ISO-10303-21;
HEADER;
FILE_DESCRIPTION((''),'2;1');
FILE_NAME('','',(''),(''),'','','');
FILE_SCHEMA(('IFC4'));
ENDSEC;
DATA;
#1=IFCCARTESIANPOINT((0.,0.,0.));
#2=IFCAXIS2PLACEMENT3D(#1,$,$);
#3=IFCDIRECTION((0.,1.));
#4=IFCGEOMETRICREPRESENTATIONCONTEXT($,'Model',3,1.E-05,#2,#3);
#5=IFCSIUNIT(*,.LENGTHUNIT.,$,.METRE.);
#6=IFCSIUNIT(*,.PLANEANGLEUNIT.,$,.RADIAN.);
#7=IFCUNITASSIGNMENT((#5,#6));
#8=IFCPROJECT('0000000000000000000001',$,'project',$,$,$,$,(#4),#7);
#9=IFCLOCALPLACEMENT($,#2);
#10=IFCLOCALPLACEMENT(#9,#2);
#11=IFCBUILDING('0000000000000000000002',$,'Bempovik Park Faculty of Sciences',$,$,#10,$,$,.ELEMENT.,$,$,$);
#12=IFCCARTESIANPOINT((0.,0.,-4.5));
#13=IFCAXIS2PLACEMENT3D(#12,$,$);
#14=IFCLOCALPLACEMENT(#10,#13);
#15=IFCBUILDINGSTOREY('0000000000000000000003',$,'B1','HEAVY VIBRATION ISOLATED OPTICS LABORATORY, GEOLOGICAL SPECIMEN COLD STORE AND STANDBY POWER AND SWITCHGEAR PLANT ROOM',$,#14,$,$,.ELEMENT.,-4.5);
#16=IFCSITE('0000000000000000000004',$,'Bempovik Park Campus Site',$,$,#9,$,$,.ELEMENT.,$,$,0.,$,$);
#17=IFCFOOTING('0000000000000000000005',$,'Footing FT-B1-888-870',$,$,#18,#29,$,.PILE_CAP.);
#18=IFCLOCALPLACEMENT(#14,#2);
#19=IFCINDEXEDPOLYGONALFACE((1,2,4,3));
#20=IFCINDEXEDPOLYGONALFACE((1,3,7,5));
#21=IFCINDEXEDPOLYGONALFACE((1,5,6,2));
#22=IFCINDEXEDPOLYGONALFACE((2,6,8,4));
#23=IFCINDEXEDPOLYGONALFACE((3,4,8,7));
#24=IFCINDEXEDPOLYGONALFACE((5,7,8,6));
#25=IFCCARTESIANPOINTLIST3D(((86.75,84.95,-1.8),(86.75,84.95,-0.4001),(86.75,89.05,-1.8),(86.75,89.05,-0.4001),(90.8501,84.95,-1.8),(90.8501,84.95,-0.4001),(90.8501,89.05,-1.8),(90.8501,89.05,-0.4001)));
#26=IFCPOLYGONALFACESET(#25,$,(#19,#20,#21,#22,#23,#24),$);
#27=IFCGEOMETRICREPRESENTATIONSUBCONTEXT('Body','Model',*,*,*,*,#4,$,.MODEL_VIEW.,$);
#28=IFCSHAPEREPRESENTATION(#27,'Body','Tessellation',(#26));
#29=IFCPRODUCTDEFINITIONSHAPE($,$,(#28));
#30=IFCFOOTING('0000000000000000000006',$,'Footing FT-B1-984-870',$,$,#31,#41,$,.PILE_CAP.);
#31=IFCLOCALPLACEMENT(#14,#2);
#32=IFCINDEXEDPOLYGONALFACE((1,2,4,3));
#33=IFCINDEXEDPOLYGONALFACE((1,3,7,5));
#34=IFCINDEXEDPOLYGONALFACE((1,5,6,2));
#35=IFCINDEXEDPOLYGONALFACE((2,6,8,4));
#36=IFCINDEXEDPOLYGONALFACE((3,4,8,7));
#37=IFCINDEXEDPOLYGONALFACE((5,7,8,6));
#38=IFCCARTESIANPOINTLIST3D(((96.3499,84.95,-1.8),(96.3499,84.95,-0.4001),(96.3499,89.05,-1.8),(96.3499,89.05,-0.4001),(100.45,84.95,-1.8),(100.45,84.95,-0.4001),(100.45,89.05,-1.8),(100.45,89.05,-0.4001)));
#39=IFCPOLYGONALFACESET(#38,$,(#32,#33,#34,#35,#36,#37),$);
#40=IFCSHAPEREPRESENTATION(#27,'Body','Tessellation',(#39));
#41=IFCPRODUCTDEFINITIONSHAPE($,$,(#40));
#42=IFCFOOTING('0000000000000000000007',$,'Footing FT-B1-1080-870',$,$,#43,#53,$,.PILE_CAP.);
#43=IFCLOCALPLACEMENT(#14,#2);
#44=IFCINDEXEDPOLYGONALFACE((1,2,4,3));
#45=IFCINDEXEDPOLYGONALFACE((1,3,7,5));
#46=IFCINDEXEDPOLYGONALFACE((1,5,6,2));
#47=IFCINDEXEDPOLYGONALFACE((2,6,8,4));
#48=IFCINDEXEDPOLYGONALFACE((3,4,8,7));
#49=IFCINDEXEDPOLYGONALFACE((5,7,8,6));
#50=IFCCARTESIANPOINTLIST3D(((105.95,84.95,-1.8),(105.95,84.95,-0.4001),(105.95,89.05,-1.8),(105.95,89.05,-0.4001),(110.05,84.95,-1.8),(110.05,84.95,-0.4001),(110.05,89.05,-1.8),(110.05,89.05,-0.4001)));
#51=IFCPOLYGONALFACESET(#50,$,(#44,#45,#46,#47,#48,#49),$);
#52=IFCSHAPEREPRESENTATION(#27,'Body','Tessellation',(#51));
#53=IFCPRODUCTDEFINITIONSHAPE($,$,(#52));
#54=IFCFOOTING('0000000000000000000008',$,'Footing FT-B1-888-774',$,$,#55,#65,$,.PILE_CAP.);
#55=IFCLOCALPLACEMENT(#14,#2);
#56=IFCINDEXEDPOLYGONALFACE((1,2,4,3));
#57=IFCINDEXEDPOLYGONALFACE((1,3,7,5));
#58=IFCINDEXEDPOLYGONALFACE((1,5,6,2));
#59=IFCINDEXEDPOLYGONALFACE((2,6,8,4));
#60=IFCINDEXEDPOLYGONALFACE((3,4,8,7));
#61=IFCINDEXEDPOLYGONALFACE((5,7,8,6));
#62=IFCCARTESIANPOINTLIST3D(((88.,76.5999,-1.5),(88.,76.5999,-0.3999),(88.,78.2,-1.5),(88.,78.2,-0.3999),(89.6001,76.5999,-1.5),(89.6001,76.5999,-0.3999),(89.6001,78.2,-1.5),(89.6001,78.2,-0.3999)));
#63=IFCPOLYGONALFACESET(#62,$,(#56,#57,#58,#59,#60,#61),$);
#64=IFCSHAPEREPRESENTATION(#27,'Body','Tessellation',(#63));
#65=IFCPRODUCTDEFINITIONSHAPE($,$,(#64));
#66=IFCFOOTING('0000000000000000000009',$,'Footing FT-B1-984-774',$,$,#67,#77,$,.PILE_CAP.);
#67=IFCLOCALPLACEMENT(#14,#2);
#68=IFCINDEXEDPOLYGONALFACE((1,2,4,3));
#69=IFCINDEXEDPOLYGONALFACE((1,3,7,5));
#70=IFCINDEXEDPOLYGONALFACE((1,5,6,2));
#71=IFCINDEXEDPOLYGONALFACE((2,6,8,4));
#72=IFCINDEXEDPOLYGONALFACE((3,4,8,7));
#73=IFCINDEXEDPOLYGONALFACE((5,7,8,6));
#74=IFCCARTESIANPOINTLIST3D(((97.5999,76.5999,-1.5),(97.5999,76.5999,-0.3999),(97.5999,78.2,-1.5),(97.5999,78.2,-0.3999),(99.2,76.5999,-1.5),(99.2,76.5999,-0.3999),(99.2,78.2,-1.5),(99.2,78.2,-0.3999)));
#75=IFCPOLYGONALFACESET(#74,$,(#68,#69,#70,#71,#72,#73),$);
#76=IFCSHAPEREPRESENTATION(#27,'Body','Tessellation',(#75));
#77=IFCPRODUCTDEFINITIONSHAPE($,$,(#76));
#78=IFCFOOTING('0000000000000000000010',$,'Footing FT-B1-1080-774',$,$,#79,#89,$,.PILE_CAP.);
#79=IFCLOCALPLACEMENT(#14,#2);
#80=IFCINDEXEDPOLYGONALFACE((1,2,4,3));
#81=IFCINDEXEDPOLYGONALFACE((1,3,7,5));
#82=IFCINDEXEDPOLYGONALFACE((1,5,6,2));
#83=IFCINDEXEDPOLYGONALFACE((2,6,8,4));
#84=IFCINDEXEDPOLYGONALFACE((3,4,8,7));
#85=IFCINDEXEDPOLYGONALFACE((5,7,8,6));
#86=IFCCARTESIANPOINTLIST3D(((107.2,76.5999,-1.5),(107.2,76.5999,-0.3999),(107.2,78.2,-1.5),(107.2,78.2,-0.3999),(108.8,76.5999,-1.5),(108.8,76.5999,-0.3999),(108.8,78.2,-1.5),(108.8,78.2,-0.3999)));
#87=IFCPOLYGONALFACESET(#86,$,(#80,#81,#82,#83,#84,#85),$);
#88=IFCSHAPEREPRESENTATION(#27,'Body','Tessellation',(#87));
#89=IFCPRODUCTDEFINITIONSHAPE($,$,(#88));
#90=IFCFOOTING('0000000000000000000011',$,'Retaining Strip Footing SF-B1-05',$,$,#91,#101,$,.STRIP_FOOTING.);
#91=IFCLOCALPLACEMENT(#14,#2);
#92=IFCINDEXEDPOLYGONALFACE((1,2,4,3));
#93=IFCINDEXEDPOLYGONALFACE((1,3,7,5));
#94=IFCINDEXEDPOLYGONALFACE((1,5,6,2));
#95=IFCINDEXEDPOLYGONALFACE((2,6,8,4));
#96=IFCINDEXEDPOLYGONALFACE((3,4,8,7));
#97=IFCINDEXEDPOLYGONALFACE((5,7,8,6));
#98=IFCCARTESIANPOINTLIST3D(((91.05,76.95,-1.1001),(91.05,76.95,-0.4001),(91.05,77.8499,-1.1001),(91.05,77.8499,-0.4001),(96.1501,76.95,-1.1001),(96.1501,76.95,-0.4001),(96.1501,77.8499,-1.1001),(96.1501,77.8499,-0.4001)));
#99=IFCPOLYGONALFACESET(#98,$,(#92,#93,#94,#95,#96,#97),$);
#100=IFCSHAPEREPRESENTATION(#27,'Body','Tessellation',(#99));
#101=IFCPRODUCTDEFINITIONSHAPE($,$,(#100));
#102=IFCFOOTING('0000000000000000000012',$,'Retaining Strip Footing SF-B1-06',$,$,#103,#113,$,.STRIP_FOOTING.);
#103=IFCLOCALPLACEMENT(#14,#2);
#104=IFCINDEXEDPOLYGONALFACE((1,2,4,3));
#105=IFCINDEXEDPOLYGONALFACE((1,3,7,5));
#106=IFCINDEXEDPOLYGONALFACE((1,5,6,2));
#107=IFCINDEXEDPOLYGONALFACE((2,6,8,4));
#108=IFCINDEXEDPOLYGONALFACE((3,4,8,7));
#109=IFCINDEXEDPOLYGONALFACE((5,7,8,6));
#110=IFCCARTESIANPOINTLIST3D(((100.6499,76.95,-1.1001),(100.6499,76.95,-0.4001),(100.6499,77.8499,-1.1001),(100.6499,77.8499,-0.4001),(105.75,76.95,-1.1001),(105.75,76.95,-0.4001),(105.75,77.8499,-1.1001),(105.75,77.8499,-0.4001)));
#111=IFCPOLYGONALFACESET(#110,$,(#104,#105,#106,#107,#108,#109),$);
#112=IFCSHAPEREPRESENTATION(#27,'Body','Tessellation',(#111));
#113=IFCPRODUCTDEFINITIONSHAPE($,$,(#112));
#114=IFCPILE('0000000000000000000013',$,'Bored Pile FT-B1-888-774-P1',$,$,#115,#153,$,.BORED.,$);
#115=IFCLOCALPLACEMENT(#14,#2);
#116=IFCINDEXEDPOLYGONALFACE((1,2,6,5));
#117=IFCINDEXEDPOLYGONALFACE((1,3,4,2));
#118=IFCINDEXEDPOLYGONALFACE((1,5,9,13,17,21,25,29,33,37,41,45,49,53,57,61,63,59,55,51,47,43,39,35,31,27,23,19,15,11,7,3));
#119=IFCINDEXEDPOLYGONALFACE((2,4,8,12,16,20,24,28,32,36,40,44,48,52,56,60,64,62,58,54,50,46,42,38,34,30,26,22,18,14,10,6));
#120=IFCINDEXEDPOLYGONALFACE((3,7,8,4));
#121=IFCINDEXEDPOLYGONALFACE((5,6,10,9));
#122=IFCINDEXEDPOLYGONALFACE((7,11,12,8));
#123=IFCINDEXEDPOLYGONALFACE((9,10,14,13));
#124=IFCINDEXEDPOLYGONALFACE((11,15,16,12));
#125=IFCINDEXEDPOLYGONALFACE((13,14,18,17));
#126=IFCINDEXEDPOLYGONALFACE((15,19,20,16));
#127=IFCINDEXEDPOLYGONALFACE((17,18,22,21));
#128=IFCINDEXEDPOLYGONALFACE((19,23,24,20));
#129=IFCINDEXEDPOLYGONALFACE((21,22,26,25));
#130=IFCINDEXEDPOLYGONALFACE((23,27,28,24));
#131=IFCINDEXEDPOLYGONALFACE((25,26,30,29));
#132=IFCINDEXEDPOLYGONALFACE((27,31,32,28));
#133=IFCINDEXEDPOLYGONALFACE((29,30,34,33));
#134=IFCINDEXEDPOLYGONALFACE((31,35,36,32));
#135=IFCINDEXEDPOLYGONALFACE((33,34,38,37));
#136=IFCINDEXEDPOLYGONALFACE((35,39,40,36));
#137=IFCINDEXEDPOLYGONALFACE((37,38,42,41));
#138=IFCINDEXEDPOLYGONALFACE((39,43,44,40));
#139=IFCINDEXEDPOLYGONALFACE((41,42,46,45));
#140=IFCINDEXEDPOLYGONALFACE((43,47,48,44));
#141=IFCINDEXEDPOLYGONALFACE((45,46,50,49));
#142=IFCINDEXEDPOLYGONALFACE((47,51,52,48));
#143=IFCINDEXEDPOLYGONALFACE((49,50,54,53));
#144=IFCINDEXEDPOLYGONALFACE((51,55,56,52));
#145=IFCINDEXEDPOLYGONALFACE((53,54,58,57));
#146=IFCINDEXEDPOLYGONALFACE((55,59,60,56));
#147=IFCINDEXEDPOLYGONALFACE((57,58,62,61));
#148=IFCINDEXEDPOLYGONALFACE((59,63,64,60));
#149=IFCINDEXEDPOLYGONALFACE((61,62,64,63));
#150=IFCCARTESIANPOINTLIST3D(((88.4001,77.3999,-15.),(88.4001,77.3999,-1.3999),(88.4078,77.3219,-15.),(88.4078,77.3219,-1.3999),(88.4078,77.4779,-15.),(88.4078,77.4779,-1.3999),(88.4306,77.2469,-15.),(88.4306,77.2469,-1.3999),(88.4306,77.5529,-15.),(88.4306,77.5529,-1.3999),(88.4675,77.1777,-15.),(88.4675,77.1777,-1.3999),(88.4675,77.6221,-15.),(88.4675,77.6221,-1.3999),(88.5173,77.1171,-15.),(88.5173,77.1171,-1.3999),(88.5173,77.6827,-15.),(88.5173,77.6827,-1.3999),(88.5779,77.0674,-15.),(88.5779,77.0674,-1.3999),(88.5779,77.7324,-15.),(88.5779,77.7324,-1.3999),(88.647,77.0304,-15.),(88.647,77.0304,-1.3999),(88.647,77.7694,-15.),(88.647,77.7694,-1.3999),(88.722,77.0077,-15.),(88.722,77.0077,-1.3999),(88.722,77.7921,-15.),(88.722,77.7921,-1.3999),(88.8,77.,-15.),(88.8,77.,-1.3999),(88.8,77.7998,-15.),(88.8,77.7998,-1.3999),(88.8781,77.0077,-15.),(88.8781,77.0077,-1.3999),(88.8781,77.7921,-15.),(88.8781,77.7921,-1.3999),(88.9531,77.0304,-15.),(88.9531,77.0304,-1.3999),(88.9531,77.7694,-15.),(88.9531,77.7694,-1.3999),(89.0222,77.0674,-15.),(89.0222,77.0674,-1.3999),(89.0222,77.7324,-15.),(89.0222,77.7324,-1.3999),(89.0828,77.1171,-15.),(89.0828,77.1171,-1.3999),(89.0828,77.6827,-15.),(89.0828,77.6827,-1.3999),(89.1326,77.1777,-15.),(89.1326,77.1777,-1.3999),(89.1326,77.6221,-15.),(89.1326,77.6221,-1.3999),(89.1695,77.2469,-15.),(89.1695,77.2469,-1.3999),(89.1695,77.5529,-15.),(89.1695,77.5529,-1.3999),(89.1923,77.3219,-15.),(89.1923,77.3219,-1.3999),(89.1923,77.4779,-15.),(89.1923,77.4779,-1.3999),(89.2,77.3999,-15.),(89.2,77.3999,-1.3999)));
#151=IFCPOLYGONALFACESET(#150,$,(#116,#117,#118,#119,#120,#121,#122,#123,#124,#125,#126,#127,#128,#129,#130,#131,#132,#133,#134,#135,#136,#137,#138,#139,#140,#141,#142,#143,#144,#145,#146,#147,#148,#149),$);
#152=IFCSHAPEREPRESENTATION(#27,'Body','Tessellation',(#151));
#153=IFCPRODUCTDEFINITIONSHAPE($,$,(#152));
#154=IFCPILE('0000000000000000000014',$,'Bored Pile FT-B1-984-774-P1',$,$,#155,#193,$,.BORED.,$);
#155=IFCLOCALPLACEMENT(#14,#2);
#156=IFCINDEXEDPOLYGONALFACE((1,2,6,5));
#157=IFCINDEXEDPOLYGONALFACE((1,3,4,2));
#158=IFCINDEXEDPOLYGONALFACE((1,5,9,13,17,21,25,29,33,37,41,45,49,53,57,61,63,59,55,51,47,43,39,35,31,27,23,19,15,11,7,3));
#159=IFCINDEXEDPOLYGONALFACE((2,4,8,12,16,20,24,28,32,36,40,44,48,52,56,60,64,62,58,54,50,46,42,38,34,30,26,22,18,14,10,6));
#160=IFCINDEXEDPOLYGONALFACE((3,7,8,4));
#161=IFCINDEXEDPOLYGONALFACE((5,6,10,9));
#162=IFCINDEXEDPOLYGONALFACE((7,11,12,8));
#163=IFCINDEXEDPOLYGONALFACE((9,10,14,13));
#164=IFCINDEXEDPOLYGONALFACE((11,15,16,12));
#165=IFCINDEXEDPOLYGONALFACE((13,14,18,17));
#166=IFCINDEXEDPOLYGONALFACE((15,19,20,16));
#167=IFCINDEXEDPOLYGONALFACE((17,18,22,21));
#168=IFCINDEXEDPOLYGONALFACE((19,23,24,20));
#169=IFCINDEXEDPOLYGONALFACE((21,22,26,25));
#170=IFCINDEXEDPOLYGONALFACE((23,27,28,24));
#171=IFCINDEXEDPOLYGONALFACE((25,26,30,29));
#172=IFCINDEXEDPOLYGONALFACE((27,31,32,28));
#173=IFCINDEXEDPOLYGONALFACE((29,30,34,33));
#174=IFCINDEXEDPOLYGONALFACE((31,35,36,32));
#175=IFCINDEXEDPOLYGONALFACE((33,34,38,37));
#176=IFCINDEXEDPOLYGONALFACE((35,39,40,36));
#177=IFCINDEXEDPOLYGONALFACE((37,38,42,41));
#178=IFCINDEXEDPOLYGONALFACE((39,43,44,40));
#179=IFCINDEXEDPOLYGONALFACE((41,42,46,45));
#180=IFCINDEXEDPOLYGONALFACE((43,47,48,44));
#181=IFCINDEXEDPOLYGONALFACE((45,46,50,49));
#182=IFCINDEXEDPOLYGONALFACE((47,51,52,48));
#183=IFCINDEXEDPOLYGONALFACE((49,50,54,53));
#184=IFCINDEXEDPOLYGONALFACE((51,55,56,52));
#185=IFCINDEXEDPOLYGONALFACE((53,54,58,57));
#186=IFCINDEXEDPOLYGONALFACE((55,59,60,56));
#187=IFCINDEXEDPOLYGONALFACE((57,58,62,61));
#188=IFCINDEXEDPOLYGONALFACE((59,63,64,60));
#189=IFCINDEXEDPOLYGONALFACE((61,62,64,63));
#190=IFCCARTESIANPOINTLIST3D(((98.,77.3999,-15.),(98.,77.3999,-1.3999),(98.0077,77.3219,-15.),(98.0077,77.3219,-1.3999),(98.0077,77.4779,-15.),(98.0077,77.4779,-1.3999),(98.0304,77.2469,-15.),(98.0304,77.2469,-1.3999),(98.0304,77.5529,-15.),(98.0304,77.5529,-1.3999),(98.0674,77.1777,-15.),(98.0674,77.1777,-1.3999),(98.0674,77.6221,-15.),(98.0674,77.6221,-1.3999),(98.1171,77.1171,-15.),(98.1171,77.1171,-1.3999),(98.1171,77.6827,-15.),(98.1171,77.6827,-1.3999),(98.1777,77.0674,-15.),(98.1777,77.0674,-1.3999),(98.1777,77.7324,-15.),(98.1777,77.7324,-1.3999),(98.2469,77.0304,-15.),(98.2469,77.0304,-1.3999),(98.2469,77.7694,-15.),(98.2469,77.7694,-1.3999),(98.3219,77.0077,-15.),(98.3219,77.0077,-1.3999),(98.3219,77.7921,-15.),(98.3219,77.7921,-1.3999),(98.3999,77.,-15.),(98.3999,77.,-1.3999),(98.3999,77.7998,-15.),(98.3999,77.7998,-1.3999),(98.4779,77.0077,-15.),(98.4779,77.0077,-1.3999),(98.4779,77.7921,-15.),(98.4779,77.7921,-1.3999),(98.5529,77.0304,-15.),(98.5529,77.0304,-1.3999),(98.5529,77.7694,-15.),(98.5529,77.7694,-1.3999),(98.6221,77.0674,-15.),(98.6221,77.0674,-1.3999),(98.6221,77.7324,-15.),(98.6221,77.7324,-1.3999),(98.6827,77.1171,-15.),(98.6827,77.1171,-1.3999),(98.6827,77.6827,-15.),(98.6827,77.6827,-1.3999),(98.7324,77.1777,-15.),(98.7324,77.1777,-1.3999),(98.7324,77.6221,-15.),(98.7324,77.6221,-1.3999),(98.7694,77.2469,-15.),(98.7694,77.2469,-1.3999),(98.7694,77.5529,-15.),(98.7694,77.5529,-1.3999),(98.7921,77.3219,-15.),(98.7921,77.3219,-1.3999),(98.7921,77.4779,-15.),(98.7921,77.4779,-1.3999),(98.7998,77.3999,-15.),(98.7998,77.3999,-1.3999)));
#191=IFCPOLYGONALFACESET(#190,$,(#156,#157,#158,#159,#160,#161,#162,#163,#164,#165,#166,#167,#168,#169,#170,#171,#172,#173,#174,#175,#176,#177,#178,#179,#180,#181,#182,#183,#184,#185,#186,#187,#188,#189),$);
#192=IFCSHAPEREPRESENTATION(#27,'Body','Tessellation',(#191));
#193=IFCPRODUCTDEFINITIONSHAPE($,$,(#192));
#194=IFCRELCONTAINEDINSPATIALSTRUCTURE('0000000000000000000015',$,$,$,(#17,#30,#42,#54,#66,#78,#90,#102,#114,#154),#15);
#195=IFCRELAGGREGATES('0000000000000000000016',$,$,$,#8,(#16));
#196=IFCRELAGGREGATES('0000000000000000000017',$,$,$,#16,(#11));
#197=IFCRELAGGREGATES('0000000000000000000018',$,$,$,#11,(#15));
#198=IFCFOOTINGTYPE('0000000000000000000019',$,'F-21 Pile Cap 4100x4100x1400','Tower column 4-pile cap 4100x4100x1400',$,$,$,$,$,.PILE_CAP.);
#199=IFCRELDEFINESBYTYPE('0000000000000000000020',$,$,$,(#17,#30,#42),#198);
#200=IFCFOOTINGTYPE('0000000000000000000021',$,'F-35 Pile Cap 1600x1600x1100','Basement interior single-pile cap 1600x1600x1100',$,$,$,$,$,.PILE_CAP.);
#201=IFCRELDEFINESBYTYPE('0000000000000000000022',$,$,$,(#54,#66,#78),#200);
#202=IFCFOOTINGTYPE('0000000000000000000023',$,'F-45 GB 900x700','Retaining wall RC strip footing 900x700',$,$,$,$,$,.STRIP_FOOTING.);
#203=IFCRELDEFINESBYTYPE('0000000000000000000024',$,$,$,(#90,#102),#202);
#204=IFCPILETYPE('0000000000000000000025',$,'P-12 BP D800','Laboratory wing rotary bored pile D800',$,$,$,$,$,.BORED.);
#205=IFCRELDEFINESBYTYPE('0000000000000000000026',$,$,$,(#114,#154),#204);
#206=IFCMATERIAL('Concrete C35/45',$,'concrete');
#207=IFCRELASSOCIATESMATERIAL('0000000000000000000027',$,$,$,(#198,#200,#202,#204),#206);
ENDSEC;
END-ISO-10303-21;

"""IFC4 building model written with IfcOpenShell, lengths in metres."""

from ifc_helpers import new_model, si_unit, direction, frame, origin, origin_2d, place, context, subcontext, project, spatial, rectangle, circle, extrude, material, material_profile, profile_set, type_object, element, save


model = new_model("IFC4")

# Units and contexts
model_context = context("Model", 3, precision=1e-05, world=origin(), true_north=direction((0.0, 1.0)))
body_context = subcontext(model_context, "Body", "Model", "MODEL_VIEW")
ifc_project = project(units=[si_unit("LENGTHUNIT", "METRE"), si_unit("PLANEANGLEUNIT", "RADIAN")], contexts=[model_context])

# Site, building, storey
site_placement = place(None, origin())
site = spatial("IfcSite", under=ifc_project, at=site_placement, Name="Bempovik Park Campus Site", CompositionType="ELEMENT", RefElevation=0.0)
building_placement = place(site_placement, origin())
building = spatial("IfcBuilding", under=site, at=building_placement, Name="Bempovik Park Faculty of Sciences", CompositionType="ELEMENT")
storey_placement = place(building_placement, frame((0.0, 0.0, -4.5)))
storey = spatial("IfcBuildingStorey", under=building, at=storey_placement, Name="B1", Description="HEAVY VIBRATION ISOLATED OPTICS LABORATORY, GEOLOGICAL SPECIMEN COLD STORE AND STANDBY POWER AND SWITCHGEAR PLANT ROOM", CompositionType="ELEMENT", Elevation=-4.5)

# Footings
ifc_material_1 = material(Name="Concrete C35/45", Category="concrete")
footing_type_1 = type_object("IfcFootingType", Name="F-21 Pile Cap 4100x4100x1400", Description="Tower column 4-pile cap 4100x4100x1400", PredefinedType="PILE_CAP", material=ifc_material_1)
for number, where, z_axis, x_axis, name in (
    (1, (88.8, 87.0, -1.8), (0.0, 0.0, 1.0), (1.0, 0.0, 0.0), "Footing FT-B1-888-870"),
    (2, (98.3999, 87.0, -1.8), (0.0, 0.0, 1.0), (1.0, 0.0, 0.0), "Footing FT-B1-984-870"),
    (3, (108.0, 87.0, -1.8), (0.0, 0.0, 1.0), (1.0, 0.0, 0.0), "Footing FT-B1-1080-870"),
):
    element("IfcFooting", number, at=place(storey_placement, frame(where, z_axis=z_axis, x_axis=x_axis)), inside=storey, type_object=footing_type_1, Name=name, PredefinedType="PILE_CAP", context=body_context, shape_type="SweptSolid", body=[
        extrude(rectangle(XDim=4.1001, YDim=4.1001, at=origin_2d()), origin(), (0.0, 0.0, 1.0), 1.3999),
    ])
footing_type_2 = type_object("IfcFootingType", Name="F-35 Pile Cap 1600x1600x1100", Description="Basement interior single-pile cap 1600x1600x1100", PredefinedType="PILE_CAP", material=ifc_material_1)
for number, where, z_axis, x_axis, name in (
    (4, (88.8, 77.3999, -1.5), (0.0, 0.0, 1.0), (1.0, 0.0, 0.0), "Footing FT-B1-888-774"),
    (5, (98.3999, 77.3999, -1.5), (0.0, 0.0, 1.0), (1.0, 0.0, 0.0), "Footing FT-B1-984-774"),
    (6, (108.0, 77.3999, -1.5), (0.0, 0.0, 1.0), (1.0, 0.0, 0.0), "Footing FT-B1-1080-774"),
):
    element("IfcFooting", number, at=place(storey_placement, frame(where, z_axis=z_axis, x_axis=x_axis)), inside=storey, type_object=footing_type_2, Name=name, PredefinedType="PILE_CAP", context=body_context, shape_type="SweptSolid", body=[
        extrude(rectangle(XDim=1.6001, YDim=1.6001, at=origin_2d()), origin(), (0.0, 0.0, 1.0), 1.1001),
    ])
footing_type_3 = type_object("IfcFootingType", Name="F-45 GB 900x700", Description="Retaining wall RC strip footing 900x700", PredefinedType="STRIP_FOOTING", material=ifc_material_1)
for number, where, z_axis, x_axis, name in (
    (7, (93.6001, 77.3999, -1.1001), (0.0, 0.0, 1.0), (1.0, 0.0, 0.0), "Retaining Strip Footing SF-B1-05"),
    (8, (103.2, 77.3999, -1.1001), (0.0, 0.0, 1.0), (1.0, 0.0, 0.0), "Retaining Strip Footing SF-B1-06"),
):
    element("IfcFooting", number, at=place(storey_placement, frame(where, z_axis=z_axis, x_axis=x_axis)), inside=storey, type_object=footing_type_3, Name=name, PredefinedType="STRIP_FOOTING", context=body_context, shape_type="SweptSolid", body=[
        extrude(rectangle(XDim=5.1001, YDim=0.8999, at=origin_2d()), origin(), (0.0, 0.0, 1.0), 0.7),
    ])

# Piles
ifc_material_profile_1 = material_profile(ifc_material_1, circle(Radius=0.3999, at=origin_2d()), Name="BP D800")
ifc_profile_set_1 = profile_set([ifc_material_profile_1], Name="Concrete C35/45")
pile_type_1 = type_object("IfcPileType", Name="P-12 BP D800", Description="Laboratory wing rotary bored pile D800", PredefinedType="BORED", material=ifc_profile_set_1)
for number, where, z_axis, x_axis, name in (
    (9, (88.8, 77.3999, -1.3999), (0.0, 0.0, -1.0), (1.0, 0.0, 0.0), "Bored Pile FT-B1-888-774-P1"),
    (10, (98.3999, 77.3999, -1.3999), (0.0, 0.0, -1.0), (1.0, 0.0, 0.0), "Bored Pile FT-B1-984-774-P1"),
):
    element("IfcPile", number, at=place(storey_placement, frame(where, z_axis=z_axis, x_axis=x_axis)), inside=storey, type_object=pile_type_1, Name=name, PredefinedType="BORED", context=body_context, shape_type="SweptSolid", body=[
        extrude(circle(Radius=0.3999, at=origin_2d()), origin(), (0.0, 0.0, 1.0), 13.6001),
    ])

save(model, "model.ifc")
